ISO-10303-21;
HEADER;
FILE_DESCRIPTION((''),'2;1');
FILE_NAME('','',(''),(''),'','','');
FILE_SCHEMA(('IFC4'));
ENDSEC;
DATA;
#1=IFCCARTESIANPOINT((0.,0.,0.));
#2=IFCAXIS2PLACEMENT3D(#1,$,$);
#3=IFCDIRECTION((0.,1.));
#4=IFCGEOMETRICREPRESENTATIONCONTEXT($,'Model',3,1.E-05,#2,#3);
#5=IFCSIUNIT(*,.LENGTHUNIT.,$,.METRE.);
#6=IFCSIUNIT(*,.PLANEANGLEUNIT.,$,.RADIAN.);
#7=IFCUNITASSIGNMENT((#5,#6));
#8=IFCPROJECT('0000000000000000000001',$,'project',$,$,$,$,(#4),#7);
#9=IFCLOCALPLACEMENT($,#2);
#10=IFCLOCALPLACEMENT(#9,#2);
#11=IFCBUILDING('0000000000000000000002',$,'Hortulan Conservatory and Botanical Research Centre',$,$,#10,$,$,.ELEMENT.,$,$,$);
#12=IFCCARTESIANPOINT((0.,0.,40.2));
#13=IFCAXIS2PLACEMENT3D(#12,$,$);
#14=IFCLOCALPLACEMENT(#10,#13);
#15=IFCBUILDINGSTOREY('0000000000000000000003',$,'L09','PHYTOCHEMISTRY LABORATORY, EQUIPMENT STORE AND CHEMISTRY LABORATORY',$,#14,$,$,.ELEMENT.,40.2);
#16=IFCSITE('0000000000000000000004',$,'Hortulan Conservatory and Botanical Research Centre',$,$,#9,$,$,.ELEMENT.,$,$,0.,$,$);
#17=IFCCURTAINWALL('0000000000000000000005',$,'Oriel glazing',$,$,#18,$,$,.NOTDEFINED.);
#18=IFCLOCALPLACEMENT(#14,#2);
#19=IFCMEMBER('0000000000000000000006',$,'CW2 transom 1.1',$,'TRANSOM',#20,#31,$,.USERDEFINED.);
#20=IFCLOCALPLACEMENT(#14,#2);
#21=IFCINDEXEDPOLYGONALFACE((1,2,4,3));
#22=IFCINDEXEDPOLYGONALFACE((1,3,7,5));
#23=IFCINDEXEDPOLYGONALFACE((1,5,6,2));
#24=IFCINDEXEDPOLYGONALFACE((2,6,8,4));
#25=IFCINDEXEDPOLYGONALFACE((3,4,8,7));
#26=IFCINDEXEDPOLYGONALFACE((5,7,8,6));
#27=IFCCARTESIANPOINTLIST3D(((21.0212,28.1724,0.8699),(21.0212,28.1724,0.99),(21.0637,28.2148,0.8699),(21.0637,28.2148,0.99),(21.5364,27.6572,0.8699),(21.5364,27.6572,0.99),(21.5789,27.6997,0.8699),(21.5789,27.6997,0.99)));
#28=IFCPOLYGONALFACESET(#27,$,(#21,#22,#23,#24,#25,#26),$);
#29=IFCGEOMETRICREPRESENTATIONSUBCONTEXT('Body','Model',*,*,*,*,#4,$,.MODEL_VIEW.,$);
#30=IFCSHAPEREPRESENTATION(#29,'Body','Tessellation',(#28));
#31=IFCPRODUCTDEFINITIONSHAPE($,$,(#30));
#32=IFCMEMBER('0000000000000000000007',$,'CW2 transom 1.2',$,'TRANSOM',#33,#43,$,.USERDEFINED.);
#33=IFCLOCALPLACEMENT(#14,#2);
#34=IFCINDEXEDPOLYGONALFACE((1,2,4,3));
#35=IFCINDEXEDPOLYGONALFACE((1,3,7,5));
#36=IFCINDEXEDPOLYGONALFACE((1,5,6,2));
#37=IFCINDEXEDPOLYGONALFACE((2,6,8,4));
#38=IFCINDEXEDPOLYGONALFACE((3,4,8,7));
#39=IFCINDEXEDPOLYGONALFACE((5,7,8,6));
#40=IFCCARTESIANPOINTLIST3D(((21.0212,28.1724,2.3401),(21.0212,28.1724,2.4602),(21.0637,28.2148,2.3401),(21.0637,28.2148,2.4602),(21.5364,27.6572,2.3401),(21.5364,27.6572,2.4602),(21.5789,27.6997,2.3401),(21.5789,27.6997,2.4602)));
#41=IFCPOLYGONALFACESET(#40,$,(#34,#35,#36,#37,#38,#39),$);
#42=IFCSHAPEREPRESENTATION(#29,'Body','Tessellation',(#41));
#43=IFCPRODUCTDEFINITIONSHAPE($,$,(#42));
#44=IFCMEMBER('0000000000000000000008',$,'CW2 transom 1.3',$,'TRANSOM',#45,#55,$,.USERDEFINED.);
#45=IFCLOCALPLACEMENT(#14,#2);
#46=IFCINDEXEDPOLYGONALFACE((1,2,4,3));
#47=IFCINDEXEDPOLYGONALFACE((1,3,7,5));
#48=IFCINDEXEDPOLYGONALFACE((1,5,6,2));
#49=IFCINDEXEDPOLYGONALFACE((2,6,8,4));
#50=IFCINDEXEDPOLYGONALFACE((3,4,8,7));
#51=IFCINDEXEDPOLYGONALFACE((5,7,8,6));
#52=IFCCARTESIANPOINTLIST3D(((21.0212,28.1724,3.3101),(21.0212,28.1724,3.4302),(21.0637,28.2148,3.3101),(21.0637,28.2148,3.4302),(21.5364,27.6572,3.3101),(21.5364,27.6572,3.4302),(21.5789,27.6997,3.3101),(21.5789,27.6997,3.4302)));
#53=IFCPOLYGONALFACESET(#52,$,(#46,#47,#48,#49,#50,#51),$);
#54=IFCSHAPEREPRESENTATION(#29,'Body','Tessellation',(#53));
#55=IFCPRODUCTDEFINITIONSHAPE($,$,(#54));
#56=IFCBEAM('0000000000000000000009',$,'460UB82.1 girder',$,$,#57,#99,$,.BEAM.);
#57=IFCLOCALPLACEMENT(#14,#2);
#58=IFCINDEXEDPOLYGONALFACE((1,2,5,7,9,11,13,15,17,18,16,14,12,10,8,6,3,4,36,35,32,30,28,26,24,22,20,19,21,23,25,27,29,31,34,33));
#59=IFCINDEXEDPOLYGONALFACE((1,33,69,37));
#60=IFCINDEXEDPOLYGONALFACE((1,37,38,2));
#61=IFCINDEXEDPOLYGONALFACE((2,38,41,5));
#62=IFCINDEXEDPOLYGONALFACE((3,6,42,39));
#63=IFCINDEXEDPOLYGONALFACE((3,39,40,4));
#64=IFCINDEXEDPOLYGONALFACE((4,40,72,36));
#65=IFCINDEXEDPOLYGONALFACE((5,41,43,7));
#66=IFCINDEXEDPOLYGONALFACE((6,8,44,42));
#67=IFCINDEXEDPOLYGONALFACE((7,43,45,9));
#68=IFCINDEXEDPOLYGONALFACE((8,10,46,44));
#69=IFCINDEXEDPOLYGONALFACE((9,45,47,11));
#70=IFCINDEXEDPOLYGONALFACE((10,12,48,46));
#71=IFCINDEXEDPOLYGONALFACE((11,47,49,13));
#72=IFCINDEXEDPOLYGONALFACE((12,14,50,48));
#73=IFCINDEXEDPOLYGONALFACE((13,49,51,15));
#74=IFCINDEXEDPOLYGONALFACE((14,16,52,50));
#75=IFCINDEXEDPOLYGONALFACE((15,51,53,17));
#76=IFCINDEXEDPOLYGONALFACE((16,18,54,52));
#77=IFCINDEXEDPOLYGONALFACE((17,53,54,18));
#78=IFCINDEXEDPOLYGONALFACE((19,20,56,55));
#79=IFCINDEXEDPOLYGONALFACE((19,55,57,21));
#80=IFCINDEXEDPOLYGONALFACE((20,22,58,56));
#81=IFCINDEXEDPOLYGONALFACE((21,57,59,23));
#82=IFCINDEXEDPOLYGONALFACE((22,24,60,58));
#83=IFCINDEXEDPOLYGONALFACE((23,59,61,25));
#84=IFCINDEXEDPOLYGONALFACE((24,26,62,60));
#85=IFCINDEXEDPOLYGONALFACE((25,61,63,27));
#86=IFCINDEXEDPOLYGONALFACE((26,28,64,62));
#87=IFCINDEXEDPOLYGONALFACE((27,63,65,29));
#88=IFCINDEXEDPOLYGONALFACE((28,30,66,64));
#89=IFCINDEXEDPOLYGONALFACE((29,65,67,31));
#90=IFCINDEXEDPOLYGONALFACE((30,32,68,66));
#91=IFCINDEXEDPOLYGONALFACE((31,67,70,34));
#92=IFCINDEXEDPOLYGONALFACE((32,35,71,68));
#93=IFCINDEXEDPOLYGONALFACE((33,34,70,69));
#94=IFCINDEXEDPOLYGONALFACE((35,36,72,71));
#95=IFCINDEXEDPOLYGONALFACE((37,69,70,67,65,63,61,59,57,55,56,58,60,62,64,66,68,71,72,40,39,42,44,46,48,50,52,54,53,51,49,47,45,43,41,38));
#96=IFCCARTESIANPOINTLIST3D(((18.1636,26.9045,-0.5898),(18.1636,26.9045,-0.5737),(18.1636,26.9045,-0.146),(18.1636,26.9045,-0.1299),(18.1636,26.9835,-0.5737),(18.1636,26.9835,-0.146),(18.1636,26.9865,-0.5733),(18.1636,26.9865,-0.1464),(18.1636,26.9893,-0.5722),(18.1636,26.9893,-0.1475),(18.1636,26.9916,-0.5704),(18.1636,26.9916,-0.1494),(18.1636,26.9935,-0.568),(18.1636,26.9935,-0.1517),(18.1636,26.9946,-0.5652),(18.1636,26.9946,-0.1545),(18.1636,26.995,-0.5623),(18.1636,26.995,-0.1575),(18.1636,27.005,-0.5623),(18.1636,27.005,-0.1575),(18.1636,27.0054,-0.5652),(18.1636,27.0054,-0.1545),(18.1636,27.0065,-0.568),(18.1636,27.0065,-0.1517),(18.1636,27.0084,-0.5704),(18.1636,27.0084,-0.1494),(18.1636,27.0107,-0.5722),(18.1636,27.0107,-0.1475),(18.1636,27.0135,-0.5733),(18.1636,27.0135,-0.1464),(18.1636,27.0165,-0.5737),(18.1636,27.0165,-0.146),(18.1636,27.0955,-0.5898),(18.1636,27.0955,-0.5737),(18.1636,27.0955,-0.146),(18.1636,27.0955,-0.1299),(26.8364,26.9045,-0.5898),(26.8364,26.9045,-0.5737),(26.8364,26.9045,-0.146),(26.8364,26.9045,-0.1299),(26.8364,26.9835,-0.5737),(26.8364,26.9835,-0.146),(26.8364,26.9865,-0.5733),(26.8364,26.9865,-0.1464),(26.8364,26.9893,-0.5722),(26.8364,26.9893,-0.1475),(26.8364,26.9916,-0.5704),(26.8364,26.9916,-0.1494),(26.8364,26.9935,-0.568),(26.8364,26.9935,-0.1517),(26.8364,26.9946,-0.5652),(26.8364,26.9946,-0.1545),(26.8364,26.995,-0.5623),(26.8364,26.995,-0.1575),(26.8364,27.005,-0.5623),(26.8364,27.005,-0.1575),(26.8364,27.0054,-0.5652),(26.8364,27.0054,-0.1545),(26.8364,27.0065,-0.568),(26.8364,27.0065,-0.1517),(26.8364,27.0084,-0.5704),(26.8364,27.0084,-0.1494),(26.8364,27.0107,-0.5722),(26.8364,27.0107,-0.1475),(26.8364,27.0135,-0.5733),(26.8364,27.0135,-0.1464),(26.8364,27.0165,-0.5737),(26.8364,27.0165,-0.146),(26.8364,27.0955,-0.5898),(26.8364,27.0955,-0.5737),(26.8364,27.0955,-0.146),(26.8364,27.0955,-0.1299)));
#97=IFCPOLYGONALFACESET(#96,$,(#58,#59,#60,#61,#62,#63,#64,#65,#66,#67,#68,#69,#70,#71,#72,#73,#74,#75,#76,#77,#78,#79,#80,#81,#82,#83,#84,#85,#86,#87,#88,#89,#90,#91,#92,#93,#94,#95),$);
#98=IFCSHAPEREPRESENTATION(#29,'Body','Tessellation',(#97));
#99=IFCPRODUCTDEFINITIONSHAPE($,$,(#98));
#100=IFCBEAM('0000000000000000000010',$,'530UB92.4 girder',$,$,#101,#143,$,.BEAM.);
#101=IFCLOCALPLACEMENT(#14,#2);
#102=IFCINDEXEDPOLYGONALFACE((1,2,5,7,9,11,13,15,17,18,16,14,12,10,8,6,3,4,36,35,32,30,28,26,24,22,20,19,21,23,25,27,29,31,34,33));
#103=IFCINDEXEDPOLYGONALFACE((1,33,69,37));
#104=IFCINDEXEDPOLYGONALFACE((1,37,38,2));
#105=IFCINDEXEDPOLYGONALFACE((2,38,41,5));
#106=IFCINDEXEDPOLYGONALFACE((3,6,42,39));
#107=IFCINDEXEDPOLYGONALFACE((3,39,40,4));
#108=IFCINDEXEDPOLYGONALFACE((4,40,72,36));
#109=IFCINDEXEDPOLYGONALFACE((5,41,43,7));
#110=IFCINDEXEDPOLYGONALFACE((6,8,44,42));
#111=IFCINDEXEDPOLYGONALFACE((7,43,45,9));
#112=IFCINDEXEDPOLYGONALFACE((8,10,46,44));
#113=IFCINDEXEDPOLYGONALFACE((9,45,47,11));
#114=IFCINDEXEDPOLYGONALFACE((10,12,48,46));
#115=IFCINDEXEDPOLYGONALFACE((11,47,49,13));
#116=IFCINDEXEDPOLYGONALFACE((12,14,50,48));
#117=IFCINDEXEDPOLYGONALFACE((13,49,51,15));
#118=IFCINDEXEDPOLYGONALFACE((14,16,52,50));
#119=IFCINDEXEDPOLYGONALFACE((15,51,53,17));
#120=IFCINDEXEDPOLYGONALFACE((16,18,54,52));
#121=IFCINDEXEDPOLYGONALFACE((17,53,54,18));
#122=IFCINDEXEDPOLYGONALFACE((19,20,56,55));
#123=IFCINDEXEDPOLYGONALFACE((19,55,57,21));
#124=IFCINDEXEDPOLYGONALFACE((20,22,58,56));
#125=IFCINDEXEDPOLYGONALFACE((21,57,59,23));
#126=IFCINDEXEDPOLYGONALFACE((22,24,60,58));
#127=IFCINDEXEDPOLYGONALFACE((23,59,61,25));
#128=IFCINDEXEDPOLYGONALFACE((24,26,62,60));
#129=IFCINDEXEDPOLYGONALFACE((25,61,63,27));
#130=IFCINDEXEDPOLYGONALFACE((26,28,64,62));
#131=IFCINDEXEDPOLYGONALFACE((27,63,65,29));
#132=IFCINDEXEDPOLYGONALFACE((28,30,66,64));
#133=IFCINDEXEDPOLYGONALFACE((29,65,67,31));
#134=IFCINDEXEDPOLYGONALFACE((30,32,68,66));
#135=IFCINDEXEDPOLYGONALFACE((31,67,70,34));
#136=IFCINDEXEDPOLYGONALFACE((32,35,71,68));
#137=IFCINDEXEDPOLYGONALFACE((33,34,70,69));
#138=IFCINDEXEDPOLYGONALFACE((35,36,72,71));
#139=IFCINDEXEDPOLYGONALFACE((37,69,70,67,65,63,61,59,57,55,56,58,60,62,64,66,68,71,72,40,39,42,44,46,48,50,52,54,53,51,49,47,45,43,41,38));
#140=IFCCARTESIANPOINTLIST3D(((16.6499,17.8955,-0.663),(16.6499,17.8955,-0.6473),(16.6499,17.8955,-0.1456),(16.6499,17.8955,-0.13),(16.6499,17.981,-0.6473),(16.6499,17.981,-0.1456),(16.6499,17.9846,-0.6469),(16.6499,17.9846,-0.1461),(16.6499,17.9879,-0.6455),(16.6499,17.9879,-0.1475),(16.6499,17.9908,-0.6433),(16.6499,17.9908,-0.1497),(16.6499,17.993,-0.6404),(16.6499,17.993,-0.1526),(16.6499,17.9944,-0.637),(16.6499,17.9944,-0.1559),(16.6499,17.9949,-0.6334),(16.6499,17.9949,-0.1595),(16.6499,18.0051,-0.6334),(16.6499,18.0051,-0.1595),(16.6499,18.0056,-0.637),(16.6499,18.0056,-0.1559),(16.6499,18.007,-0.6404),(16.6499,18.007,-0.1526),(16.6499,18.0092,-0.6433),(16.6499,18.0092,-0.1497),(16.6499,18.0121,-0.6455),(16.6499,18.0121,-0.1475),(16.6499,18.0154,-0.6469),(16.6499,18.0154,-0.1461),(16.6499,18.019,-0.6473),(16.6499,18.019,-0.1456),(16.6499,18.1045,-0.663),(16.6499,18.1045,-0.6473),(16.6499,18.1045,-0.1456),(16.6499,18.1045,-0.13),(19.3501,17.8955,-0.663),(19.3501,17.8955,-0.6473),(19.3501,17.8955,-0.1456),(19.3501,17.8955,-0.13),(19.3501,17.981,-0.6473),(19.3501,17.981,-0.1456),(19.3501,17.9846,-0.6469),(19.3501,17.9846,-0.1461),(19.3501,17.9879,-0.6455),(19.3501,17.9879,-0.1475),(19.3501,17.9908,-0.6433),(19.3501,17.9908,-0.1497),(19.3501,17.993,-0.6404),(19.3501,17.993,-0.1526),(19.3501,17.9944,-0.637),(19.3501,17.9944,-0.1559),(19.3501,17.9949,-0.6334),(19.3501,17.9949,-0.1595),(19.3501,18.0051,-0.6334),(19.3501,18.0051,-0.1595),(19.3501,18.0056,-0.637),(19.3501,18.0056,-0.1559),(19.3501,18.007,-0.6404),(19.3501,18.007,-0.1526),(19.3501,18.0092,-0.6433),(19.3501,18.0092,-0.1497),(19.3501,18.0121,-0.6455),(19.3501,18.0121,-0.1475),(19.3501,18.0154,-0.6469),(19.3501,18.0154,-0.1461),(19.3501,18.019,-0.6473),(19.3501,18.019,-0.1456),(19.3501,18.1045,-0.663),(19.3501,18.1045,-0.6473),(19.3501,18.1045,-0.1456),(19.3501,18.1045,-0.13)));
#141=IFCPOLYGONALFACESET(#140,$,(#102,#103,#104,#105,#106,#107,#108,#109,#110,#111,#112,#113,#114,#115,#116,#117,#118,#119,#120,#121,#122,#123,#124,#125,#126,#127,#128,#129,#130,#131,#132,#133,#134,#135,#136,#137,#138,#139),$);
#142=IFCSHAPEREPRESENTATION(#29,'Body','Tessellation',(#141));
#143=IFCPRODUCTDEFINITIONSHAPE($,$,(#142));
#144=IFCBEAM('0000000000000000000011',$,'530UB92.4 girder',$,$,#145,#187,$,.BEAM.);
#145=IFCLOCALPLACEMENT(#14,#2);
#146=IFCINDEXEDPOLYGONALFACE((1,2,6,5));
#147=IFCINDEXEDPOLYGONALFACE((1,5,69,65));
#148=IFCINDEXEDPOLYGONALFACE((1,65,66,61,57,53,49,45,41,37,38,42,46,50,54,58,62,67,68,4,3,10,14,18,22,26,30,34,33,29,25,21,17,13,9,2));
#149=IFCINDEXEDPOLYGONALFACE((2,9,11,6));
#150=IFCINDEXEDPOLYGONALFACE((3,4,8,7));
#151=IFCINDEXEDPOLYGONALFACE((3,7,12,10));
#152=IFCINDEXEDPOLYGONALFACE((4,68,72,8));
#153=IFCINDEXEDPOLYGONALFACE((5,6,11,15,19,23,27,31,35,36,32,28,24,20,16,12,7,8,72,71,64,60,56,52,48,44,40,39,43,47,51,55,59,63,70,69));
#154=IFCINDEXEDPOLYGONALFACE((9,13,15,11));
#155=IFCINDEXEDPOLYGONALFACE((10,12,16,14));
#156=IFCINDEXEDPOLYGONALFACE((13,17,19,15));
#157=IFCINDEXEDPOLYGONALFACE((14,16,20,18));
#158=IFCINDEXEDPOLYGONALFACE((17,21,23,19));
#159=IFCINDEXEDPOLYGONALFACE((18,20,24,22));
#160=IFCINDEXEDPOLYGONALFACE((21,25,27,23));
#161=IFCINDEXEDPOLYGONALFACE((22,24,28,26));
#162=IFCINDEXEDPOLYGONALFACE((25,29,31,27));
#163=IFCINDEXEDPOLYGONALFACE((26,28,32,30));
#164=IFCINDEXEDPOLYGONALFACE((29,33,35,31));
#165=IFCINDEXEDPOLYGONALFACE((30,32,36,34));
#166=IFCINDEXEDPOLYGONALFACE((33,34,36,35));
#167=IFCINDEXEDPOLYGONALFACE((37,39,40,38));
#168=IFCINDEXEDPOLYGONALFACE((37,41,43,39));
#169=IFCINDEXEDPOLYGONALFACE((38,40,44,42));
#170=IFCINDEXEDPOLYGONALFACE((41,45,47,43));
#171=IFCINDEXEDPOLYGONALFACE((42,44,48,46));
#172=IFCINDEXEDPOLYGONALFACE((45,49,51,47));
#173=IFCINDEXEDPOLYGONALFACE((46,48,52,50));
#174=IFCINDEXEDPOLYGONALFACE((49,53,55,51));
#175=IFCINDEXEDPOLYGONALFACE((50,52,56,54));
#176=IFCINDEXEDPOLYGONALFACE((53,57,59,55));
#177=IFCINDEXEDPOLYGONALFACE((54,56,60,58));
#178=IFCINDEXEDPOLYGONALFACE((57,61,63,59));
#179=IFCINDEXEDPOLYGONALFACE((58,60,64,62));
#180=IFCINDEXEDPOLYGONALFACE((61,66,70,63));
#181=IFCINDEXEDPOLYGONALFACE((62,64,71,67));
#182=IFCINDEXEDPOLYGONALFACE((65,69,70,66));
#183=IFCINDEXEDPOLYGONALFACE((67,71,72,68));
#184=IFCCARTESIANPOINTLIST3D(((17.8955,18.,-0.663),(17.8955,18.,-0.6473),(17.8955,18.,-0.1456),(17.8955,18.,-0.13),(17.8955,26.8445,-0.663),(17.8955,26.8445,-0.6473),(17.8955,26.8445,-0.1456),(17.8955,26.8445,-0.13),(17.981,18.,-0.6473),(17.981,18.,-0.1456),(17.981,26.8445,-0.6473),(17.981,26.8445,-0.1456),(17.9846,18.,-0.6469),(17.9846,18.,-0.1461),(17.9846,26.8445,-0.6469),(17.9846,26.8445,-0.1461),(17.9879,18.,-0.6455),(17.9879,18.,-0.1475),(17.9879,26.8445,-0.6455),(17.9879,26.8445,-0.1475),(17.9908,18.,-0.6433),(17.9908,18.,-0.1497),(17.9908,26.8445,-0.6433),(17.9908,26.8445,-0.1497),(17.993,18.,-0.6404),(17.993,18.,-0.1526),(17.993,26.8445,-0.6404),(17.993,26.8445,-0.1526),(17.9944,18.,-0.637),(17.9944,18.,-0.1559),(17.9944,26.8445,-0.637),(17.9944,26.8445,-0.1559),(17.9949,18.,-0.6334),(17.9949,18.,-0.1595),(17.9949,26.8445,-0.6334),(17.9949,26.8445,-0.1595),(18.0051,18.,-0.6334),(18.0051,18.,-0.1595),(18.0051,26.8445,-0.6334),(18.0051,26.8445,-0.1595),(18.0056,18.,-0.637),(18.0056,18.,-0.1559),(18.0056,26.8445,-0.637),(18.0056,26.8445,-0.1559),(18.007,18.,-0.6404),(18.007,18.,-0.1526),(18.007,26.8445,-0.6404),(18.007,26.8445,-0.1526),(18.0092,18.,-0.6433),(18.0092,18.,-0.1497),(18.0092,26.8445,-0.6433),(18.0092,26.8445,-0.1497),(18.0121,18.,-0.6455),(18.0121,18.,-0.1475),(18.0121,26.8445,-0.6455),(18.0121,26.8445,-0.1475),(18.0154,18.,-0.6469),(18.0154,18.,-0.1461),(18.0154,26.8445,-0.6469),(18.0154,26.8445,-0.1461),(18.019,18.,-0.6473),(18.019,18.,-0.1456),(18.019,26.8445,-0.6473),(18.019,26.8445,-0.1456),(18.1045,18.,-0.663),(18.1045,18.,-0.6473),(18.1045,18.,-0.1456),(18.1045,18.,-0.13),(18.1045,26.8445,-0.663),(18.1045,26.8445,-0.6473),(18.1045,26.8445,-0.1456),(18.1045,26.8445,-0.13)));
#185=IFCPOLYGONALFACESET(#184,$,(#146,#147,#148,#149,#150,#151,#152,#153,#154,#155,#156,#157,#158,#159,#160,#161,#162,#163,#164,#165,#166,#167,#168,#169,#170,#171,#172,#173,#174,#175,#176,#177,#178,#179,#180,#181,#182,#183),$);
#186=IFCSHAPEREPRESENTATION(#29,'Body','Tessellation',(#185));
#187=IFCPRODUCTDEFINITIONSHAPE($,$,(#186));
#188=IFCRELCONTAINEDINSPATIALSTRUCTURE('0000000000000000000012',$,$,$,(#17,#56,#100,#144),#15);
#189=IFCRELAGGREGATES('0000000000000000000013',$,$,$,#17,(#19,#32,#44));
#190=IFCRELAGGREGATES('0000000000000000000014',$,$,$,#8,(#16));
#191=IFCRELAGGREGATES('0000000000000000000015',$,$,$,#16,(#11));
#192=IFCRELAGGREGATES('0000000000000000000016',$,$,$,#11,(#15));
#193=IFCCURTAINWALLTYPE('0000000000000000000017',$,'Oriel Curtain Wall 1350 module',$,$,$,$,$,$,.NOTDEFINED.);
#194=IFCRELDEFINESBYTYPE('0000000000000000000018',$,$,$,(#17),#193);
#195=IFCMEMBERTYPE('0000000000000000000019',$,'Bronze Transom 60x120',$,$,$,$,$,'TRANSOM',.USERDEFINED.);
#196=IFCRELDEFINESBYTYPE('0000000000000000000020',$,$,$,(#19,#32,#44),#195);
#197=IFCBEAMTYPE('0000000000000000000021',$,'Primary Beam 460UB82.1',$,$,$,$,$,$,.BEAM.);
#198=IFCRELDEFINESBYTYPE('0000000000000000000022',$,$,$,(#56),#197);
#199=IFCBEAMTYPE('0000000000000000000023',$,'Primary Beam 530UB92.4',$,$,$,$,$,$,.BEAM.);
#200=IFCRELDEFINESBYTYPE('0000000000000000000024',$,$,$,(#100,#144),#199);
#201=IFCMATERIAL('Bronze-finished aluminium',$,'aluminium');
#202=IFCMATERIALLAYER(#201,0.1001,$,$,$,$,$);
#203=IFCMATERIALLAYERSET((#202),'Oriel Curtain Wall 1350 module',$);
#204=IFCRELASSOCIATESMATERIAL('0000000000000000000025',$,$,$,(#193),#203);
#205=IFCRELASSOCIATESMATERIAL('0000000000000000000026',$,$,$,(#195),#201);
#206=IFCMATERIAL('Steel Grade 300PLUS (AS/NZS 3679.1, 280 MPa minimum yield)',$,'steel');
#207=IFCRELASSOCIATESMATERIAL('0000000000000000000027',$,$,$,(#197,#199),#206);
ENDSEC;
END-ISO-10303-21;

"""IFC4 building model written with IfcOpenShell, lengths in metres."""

from ifc_helpers import new_model, si_unit, direction, frame, origin, origin_2d, place, context, subcontext, project, spatial, rectangle, i_section, extrude, material, layer, layer_set, material_profile, profile_set, type_object, element, aggregate, save


model = new_model("IFC4")

# Units and contexts
model_context = context("Model", 3, precision=1e-05, world=origin(), true_north=direction((0.0, 1.0)))
body_context = subcontext(model_context, "Body", "Model", "MODEL_VIEW")
ifc_project = project(units=[si_unit("LENGTHUNIT", "METRE"), si_unit("PLANEANGLEUNIT", "RADIAN")], contexts=[model_context])

# Site, building, storey
site_placement = place(None, origin())
site = spatial("IfcSite", under=ifc_project, at=site_placement, Name="Hortulan Conservatory and Botanical Research Centre", CompositionType="ELEMENT", RefElevation=0.0)
building_placement = place(site_placement, origin())
building = spatial("IfcBuilding", under=site, at=building_placement, Name="Hortulan Conservatory and Botanical Research Centre", CompositionType="ELEMENT")
storey_placement = place(building_placement, frame((0.0, 0.0, 40.2)))
storey = spatial("IfcBuildingStorey", under=building, at=storey_placement, Name="L09", Description="PHYTOCHEMISTRY LABORATORY, EQUIPMENT STORE AND CHEMISTRY LABORATORY", CompositionType="ELEMENT", Elevation=40.2)

# Shared definitions
ifc_material_1 = material(Name="Steel Grade 300PLUS (AS/NZS 3679.1, 280 MPa minimum yield)", Category="steel")

# Shared definitions
ifc_material_2 = material(Name="Bronze-finished aluminium", Category="aluminium")
ifc_layer_1 = layer(ifc_material_2, 0.1001)
ifc_layer_set_1 = layer_set([ifc_layer_1], Name="Oriel Curtain Wall 1350 module")
curtain_wall_type = type_object("IfcCurtainWallType", Name="Oriel Curtain Wall 1350 module", PredefinedType="NOTDEFINED", material=ifc_layer_set_1)

# Curtain wall
curtain_wall_1_placement = place(storey_placement, origin())
curtain_wall_1 = element("IfcCurtainWall", 1, at=curtain_wall_1_placement, inside=storey, type_object=curtain_wall_type, Name="Oriel glazing", PredefinedType="NOTDEFINED")

# Members
ifc_material_profile_1 = material_profile(ifc_material_2, rectangle(XDim=0.0601, YDim=0.1201, at=origin_2d()), Name="Bronze Transom 60x120")
ifc_profile_set_1 = profile_set([ifc_material_profile_1], Name="Bronze-finished aluminium")
member_type_1 = type_object("IfcMemberType", Name="Bronze Transom 60x120", ElementType="TRANSOM", PredefinedType="USERDEFINED", material=ifc_profile_set_1)
member_1_placement = place(storey_placement, frame((21.0425, 28.1936, 0.9299), z_axis=(0.707107, -0.707107, 0.0), x_axis=(0.707107, 0.707107, 0.0)))
member_1 = element("IfcMember", 2, at=member_1_placement, type_object=member_type_1, Name="CW2 transom 1.1", ObjectType="TRANSOM", PredefinedType="USERDEFINED", context=body_context, shape_type="SweptSolid", body=[
    extrude(rectangle(XDim=0.0601, YDim=0.1201, at=origin_2d()), origin(), (0.0, 0.0, 1.0), 0.7285),
])
member_2_placement = place(storey_placement, frame((21.0425, 28.1936, 2.4001), z_axis=(0.707107, -0.707107, 0.0), x_axis=(0.707107, 0.707107, 0.0)))
member_2 = element("IfcMember", 3, at=member_2_placement, type_object=member_type_1, Name="CW2 transom 1.2", ObjectType="TRANSOM", PredefinedType="USERDEFINED", context=body_context, shape_type="SweptSolid", body=[
    extrude(rectangle(XDim=0.0601, YDim=0.1201, at=origin_2d()), origin(), (0.0, 0.0, 1.0), 0.7285),
])
member_3_placement = place(storey_placement, frame((21.0425, 28.1936, 3.3701), z_axis=(0.707107, -0.707107, 0.0), x_axis=(0.707107, 0.707107, 0.0)))
member_3 = element("IfcMember", 4, at=member_3_placement, type_object=member_type_1, Name="CW2 transom 1.3", ObjectType="TRANSOM", PredefinedType="USERDEFINED", context=body_context, shape_type="SweptSolid", body=[
    extrude(rectangle(XDim=0.0601, YDim=0.1201, at=origin_2d()), origin(), (0.0, 0.0, 1.0), 0.7285),
])

# Beams
ifc_material_profile_2 = material_profile(ifc_material_1, i_section(OverallWidth=0.1909, OverallDepth=0.46, WebThickness=0.01, FlangeThickness=0.0161, FilletRadius=0.0115, at=origin_2d()), Name="460UB82.1")
ifc_profile_set_2 = profile_set([ifc_material_profile_2], Name="Steel Grade 300PLUS (AS/NZS 3679.1, 280 MPa minimum yield)")
beam_type_1 = type_object("IfcBeamType", Name="Primary Beam 460UB82.1", PredefinedType="BEAM", material=ifc_profile_set_2)
beam_1_placement = place(storey_placement, frame((18.1636, 27.0, -0.3599), z_axis=(1.0, 0.0, 0.0), x_axis=(0.0, 1.0, 0.0)))
element("IfcBeam", 5, at=beam_1_placement, inside=storey, type_object=beam_type_1, Name="460UB82.1 girder", PredefinedType="BEAM", context=body_context, shape_type="SweptSolid", body=[
    extrude(i_section(OverallWidth=0.1909, OverallDepth=0.46, WebThickness=0.01, FlangeThickness=0.0161, FilletRadius=0.0115, at=origin_2d()), origin(), (0.0, 0.0, 1.0), 8.6729),
])
ifc_material_profile_3 = material_profile(ifc_material_1, i_section(OverallWidth=0.209, OverallDepth=0.533, WebThickness=0.0103, FlangeThickness=0.0156, FilletRadius=0.0139, at=origin_2d()), Name="530UB92.4")
ifc_profile_set_3 = profile_set([ifc_material_profile_3], Name="Steel Grade 300PLUS (AS/NZS 3679.1, 280 MPa minimum yield)")
beam_type_2 = type_object("IfcBeamType", Name="Primary Beam 530UB92.4", PredefinedType="BEAM", material=ifc_profile_set_3)
beam_2_placement = place(storey_placement, frame((16.6499, 18.0, -0.3965), z_axis=(1.0, 0.0, 0.0), x_axis=(0.0, 1.0, 0.0)))
element("IfcBeam", 6, at=beam_2_placement, inside=storey, type_object=beam_type_2, Name="530UB92.4 girder", PredefinedType="BEAM", context=body_context, shape_type="SweptSolid", body=[
    extrude(i_section(OverallWidth=0.209, OverallDepth=0.533, WebThickness=0.0103, FlangeThickness=0.0156, FilletRadius=0.0139, at=origin_2d()), origin(), (0.0, 0.0, 1.0), 2.7002),
])
beam_3_placement = place(storey_placement, frame((18.0, 18.0, -0.3965), z_axis=(0.0, 1.0, 0.0), x_axis=(-1.0, 0.0, 0.0)))
element("IfcBeam", 7, at=beam_3_placement, inside=storey, type_object=beam_type_2, Name="530UB92.4 girder", PredefinedType="BEAM", context=body_context, shape_type="SweptSolid", body=[
    extrude(i_section(OverallWidth=0.209, OverallDepth=0.533, WebThickness=0.0103, FlangeThickness=0.0156, FilletRadius=0.0139, at=origin_2d()), origin(), (0.0, 0.0, 1.0), 8.8445),
])

aggregate(curtain_wall_1, [member_1, member_2, member_3])

save(model, "model.ifc")
